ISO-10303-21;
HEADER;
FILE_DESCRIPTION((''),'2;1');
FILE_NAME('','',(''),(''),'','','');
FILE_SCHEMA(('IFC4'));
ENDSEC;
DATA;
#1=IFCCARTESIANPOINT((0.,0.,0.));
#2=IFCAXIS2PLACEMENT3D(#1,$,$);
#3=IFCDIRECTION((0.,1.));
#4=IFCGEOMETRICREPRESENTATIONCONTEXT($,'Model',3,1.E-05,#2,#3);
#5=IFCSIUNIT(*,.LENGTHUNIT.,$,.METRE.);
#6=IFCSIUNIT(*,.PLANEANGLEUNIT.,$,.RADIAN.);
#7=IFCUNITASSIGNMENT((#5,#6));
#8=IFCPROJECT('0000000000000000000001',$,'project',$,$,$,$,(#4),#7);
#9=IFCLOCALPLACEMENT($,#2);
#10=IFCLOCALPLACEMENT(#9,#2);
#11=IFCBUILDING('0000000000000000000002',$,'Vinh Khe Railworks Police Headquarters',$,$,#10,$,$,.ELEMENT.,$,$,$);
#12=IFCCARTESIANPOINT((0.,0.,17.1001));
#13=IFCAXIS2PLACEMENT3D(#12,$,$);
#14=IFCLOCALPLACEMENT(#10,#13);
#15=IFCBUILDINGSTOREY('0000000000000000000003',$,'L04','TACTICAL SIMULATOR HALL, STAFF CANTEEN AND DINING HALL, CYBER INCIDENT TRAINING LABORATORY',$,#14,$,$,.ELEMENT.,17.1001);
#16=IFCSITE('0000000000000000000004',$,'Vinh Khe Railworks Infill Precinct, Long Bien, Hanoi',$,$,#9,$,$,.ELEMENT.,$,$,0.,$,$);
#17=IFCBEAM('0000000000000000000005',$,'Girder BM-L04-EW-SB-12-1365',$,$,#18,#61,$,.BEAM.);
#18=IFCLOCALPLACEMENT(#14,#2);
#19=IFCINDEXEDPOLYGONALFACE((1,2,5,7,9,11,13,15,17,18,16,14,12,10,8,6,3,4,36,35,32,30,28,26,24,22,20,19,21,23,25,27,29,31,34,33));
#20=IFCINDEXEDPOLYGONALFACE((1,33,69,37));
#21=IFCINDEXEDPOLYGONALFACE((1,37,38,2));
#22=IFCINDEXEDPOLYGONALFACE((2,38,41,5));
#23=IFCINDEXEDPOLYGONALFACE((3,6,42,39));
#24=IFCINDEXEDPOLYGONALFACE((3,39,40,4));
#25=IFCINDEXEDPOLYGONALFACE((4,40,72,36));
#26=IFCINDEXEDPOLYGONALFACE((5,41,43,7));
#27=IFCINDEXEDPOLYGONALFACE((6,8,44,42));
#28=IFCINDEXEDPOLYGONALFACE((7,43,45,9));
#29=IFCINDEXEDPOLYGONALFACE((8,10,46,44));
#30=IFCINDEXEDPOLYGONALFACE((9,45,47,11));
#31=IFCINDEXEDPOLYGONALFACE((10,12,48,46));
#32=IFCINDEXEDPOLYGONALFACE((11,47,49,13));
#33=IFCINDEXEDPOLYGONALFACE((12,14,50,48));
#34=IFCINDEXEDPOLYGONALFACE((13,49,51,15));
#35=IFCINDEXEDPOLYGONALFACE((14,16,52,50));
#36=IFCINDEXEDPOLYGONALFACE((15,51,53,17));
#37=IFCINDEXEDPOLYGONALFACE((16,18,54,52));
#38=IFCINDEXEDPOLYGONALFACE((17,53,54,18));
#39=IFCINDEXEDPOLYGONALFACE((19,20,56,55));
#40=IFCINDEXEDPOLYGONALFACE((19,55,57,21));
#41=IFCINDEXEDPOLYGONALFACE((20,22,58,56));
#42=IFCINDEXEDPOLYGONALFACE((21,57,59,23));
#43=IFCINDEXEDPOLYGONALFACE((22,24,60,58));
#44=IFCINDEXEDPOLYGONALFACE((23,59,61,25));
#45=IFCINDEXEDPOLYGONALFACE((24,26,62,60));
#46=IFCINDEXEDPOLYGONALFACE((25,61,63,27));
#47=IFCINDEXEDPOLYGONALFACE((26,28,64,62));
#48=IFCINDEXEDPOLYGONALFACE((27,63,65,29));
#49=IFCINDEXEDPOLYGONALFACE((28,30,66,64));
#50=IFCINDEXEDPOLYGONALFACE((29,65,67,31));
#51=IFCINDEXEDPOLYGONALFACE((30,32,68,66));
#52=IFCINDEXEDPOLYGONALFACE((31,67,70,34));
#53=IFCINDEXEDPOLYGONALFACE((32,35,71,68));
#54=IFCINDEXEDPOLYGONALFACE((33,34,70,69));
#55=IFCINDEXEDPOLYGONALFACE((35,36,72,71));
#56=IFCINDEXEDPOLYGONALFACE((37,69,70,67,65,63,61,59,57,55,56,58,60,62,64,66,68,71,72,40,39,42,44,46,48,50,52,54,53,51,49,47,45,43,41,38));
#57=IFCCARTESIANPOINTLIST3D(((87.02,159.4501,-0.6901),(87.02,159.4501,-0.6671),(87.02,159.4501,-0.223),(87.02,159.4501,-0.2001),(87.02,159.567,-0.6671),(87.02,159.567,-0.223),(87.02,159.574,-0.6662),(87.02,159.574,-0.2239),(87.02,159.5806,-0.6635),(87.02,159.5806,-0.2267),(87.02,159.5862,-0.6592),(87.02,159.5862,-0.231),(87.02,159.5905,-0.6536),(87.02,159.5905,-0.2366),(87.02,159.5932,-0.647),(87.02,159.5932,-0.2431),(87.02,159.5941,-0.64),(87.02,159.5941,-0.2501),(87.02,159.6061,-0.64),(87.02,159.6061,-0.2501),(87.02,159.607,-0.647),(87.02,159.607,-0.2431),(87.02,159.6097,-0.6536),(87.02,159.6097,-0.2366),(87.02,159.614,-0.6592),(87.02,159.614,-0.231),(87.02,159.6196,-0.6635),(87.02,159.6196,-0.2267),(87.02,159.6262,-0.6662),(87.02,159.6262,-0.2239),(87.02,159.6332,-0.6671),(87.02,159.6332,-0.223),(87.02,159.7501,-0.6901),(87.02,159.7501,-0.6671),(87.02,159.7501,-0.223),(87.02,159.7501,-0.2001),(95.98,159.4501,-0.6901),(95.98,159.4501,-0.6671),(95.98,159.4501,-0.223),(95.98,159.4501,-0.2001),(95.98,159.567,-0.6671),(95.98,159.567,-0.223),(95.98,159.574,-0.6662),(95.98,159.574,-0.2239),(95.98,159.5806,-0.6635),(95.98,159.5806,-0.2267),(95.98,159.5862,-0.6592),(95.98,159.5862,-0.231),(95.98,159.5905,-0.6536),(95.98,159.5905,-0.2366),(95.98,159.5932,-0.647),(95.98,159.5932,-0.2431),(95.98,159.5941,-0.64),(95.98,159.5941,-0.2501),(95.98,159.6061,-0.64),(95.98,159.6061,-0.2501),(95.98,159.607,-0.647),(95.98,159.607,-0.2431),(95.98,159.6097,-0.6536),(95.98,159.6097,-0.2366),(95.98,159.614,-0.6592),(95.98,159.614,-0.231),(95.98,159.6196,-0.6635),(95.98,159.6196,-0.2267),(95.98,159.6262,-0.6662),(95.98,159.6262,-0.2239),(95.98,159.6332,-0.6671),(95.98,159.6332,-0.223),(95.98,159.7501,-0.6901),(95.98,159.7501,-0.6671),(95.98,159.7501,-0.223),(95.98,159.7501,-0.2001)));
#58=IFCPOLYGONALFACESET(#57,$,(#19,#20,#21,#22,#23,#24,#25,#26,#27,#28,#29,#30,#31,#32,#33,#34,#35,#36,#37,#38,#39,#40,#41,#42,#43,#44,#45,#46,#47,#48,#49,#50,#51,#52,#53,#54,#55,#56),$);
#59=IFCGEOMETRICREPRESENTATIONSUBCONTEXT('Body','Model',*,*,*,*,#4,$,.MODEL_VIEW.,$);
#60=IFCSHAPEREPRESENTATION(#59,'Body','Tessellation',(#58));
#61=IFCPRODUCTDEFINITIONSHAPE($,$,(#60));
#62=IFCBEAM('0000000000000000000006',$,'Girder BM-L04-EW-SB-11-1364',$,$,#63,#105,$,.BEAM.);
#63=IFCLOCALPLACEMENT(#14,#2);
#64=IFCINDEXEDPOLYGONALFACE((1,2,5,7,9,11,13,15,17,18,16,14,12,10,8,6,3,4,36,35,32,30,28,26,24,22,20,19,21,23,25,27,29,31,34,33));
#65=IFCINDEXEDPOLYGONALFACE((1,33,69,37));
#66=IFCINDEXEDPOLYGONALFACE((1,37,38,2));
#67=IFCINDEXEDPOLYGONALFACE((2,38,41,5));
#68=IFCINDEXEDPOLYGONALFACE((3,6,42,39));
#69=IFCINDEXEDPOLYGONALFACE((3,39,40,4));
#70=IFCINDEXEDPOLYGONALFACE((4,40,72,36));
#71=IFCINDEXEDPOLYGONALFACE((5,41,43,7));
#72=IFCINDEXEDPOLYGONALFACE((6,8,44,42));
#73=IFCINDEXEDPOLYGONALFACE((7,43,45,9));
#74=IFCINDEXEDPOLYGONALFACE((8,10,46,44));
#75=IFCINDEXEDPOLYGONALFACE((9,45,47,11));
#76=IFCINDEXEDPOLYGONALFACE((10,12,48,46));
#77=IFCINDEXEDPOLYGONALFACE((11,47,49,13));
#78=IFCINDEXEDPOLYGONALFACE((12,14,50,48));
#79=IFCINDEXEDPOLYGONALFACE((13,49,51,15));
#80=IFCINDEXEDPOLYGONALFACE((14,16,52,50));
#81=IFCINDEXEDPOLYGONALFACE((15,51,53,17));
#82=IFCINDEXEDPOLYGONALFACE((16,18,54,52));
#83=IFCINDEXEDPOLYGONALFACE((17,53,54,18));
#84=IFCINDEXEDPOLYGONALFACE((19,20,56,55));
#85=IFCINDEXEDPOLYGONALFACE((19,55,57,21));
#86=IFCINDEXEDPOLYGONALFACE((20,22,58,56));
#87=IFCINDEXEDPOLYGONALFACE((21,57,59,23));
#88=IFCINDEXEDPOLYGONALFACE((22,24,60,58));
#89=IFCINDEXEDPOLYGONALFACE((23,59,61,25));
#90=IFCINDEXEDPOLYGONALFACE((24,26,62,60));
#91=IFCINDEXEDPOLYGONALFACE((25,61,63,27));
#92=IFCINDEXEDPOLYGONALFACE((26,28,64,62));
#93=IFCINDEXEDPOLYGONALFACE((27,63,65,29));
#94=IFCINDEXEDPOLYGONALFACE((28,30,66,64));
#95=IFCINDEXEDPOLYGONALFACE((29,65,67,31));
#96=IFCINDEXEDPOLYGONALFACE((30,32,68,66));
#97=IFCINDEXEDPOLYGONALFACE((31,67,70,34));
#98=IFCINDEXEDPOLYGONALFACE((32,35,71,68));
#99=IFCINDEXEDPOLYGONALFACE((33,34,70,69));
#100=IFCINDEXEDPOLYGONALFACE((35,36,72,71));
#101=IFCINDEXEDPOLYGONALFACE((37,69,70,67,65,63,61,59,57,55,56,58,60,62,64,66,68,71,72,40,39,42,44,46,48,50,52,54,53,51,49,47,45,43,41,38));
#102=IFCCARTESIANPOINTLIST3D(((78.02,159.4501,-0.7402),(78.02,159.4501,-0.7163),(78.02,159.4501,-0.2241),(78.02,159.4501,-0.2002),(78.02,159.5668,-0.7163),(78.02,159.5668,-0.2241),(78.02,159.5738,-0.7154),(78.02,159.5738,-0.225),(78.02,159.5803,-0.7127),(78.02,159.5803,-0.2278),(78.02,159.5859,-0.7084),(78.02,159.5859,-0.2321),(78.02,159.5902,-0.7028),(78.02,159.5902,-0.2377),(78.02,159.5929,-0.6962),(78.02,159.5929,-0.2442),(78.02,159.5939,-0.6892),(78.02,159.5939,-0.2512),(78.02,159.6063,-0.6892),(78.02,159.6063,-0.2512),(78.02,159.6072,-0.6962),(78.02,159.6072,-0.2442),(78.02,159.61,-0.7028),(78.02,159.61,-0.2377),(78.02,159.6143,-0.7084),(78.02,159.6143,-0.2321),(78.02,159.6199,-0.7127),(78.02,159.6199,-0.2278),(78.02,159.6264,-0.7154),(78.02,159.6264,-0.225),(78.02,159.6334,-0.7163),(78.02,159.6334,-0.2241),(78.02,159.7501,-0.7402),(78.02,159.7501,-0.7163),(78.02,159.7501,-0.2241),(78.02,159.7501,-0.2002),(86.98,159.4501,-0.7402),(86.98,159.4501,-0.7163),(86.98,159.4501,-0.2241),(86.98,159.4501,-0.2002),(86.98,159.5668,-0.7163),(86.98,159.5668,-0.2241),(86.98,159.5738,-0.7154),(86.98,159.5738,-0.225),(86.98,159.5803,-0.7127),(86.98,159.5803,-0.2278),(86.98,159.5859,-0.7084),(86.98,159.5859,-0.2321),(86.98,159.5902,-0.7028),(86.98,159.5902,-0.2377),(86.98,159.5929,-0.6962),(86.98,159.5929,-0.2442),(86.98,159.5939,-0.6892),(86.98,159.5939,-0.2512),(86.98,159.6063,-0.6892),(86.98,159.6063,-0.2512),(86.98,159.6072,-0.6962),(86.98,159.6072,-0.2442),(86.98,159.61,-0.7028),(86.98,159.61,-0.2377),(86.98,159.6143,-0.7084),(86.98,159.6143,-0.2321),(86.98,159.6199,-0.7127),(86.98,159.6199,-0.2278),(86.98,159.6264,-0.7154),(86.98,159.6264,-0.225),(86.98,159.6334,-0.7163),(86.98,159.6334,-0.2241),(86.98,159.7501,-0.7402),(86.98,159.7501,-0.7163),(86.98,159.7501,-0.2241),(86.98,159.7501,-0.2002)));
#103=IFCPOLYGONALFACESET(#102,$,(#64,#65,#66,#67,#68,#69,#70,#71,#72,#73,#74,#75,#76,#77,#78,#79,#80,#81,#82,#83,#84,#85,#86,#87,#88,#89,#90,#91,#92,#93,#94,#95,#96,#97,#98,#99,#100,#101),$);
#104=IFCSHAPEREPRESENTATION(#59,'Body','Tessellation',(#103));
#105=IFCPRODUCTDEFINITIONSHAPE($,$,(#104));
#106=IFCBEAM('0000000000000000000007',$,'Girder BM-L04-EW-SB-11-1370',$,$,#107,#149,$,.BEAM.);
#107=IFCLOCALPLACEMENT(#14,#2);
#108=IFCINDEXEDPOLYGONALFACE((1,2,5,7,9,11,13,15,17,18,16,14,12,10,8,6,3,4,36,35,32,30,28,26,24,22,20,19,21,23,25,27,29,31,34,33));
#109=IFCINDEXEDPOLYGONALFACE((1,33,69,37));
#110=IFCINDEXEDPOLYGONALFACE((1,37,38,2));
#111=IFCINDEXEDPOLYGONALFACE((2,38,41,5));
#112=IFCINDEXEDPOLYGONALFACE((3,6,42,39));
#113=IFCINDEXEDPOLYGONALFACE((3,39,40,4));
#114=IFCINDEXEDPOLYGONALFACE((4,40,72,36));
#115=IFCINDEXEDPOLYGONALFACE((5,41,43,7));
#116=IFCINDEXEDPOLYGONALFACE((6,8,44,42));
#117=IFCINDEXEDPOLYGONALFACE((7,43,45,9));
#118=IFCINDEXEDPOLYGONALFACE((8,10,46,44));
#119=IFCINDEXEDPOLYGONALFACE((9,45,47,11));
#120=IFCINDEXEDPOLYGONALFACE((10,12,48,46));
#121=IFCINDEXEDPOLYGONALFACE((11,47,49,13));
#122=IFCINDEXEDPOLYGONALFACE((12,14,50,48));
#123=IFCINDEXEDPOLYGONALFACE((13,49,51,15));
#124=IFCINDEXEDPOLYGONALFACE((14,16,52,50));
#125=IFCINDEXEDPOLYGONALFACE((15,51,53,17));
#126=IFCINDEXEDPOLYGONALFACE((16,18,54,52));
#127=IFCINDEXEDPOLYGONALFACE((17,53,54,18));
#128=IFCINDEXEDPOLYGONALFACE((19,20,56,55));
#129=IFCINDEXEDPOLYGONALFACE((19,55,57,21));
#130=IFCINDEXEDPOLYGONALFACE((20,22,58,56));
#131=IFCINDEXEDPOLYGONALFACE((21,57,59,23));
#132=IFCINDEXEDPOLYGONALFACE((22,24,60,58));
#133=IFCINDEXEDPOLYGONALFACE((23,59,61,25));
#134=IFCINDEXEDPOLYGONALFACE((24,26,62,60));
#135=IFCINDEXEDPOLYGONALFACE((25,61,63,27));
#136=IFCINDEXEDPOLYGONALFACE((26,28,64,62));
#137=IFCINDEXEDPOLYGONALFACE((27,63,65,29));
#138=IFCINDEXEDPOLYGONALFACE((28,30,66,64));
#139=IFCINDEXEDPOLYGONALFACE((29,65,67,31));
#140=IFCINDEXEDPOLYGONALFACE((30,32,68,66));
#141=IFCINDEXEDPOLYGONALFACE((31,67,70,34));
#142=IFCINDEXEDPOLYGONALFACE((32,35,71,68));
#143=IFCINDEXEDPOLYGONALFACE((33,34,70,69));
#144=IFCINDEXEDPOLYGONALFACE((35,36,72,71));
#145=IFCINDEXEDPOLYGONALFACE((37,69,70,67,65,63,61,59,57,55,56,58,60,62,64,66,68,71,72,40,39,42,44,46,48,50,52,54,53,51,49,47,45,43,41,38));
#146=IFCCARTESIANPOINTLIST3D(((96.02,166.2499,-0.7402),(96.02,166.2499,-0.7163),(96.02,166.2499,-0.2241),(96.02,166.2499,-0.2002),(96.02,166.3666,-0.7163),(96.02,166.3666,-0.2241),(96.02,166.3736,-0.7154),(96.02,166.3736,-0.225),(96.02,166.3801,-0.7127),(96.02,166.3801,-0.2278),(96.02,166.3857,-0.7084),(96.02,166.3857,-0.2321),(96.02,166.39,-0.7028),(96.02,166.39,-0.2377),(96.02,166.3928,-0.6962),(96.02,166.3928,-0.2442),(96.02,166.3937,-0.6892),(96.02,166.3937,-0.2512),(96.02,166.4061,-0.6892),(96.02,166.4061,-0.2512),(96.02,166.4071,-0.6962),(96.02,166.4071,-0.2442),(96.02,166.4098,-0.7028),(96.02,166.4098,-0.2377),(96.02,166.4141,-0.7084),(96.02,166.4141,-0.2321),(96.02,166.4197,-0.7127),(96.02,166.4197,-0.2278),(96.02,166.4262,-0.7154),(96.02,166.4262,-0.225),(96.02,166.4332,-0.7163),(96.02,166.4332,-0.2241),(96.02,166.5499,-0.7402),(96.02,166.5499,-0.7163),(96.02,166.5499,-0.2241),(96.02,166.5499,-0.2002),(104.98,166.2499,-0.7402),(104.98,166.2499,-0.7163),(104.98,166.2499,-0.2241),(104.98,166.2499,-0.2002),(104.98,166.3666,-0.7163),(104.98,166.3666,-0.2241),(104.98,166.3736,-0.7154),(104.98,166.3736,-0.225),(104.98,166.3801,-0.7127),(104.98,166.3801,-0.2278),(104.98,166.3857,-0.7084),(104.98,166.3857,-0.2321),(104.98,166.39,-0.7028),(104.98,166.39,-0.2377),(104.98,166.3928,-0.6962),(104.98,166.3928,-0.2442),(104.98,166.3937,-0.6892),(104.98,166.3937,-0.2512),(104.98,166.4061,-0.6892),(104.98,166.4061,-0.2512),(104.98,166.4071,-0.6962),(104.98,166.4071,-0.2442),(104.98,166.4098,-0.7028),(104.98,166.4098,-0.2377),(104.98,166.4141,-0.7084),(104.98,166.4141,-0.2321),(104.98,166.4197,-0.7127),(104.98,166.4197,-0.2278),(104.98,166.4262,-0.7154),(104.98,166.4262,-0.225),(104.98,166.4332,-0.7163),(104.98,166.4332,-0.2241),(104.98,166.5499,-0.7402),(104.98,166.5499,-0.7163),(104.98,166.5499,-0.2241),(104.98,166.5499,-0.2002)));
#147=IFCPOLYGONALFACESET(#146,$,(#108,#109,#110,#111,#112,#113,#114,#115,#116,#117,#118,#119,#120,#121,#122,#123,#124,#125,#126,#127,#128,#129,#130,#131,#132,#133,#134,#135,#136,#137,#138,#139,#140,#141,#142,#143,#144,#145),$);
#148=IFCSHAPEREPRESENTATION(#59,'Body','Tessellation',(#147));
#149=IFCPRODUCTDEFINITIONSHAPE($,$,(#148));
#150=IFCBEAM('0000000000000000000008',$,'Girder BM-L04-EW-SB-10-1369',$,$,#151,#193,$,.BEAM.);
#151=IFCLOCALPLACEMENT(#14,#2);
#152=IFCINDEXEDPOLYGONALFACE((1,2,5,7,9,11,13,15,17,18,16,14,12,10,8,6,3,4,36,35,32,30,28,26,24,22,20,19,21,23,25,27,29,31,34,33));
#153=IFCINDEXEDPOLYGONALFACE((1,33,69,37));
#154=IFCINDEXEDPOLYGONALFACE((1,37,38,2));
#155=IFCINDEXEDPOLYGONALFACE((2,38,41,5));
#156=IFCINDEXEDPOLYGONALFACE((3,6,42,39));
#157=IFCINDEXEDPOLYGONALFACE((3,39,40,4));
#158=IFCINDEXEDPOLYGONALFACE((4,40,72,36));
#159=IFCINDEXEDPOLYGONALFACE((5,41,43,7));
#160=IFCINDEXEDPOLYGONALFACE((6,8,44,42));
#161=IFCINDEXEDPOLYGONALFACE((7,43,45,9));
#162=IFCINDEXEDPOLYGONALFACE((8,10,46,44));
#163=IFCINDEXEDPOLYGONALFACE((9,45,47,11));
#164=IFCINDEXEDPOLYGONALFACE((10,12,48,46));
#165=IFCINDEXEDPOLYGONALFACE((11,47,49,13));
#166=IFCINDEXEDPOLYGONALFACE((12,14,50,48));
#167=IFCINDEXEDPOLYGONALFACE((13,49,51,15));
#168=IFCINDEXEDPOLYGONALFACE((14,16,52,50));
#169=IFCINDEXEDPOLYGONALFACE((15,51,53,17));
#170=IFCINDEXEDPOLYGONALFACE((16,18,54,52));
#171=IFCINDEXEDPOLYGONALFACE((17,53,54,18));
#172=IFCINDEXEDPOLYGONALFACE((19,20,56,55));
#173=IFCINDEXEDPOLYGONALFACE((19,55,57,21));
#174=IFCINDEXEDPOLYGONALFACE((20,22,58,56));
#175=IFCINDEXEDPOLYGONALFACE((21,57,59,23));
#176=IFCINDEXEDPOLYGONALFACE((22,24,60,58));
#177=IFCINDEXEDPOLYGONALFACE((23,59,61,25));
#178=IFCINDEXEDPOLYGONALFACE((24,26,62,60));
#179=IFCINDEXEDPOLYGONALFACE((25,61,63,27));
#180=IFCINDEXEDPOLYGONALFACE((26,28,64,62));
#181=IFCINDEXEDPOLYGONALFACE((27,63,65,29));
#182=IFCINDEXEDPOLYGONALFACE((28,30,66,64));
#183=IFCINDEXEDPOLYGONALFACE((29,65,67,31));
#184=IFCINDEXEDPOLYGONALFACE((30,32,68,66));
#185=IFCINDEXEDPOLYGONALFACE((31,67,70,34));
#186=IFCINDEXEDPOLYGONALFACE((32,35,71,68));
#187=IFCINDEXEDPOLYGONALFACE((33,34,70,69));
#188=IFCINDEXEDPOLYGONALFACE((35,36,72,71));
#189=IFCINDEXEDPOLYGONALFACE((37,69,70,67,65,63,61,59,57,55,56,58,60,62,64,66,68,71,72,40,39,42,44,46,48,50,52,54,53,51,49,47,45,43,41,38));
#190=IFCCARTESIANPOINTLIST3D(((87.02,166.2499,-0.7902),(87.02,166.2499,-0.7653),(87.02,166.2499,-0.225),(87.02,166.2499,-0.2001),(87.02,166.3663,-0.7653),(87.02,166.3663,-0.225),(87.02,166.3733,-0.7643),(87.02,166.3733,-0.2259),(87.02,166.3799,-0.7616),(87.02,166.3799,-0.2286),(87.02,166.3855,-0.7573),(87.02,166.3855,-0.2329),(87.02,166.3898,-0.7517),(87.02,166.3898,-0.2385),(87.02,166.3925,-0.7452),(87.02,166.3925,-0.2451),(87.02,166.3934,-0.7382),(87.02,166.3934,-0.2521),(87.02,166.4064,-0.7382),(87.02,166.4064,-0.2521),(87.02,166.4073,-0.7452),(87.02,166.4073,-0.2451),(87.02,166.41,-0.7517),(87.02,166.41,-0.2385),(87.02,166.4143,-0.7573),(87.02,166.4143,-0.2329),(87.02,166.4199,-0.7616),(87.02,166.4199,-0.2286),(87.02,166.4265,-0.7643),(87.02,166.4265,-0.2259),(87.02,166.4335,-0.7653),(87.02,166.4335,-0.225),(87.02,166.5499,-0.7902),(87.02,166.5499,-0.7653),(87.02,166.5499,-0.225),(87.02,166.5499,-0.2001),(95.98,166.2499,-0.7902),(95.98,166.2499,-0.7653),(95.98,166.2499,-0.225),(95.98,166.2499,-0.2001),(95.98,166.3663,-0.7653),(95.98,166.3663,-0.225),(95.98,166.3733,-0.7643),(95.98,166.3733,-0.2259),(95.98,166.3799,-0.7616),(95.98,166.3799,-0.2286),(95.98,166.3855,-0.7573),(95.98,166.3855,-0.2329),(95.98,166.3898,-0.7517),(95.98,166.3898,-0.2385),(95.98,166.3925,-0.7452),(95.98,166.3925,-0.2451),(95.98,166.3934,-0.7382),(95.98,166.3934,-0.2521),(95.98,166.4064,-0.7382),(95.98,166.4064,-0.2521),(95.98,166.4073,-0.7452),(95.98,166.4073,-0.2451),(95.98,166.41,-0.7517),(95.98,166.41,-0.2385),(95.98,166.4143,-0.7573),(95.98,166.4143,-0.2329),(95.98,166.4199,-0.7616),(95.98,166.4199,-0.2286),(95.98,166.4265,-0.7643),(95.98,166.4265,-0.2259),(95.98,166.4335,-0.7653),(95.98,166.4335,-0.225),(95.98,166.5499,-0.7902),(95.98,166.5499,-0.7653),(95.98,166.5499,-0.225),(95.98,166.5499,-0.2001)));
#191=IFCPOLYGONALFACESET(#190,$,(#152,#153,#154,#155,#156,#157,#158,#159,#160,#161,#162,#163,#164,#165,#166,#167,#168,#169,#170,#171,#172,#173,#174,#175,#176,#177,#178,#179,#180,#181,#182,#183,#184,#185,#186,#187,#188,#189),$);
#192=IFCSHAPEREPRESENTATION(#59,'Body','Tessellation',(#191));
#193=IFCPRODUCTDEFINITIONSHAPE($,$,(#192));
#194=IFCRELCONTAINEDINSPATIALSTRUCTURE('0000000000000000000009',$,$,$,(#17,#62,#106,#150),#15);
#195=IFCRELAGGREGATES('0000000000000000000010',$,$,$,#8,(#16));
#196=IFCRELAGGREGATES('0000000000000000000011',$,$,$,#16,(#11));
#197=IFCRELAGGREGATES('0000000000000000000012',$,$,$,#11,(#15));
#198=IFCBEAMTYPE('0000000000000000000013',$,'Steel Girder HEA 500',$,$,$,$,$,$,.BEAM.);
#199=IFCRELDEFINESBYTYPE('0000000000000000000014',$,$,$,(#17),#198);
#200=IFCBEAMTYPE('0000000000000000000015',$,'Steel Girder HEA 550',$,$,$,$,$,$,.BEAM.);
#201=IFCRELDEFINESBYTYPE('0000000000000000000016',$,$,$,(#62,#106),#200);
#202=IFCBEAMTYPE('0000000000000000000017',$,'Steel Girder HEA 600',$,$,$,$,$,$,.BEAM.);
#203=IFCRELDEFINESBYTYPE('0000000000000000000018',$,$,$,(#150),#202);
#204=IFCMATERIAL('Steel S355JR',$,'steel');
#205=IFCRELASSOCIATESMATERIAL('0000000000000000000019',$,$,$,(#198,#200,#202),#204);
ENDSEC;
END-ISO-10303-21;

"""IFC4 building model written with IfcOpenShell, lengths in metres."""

from ifc_helpers import new_model, si_unit, direction, frame, origin, origin_2d, place, context, subcontext, project, spatial, i_section, extrude, material, material_profile, profile_set, type_object, element, save


model = new_model("IFC4")

# Units and contexts
model_context = context("Model", 3, precision=1e-05, world=origin(), true_north=direction((0.0, 1.0)))
body_context = subcontext(model_context, "Body", "Model", "MODEL_VIEW")
ifc_project = project(units=[si_unit("LENGTHUNIT", "METRE"), si_unit("PLANEANGLEUNIT", "RADIAN")], contexts=[model_context])

# Site, building, storey
site_placement = place(None, origin())
site = spatial("IfcSite", under=ifc_project, at=site_placement, Name="Vinh Khe Railworks Infill Precinct, Long Bien, Hanoi", CompositionType="ELEMENT", RefElevation=0.0)
building_placement = place(site_placement, origin())
building = spatial("IfcBuilding", under=site, at=building_placement, Name="Vinh Khe Railworks Police Headquarters", CompositionType="ELEMENT")
storey_placement = place(building_placement, frame((0.0, 0.0, 17.1001)))
storey = spatial("IfcBuildingStorey", under=building, at=storey_placement, Name="L04", Description="TACTICAL SIMULATOR HALL, STAFF CANTEEN AND DINING HALL, CYBER INCIDENT TRAINING LABORATORY", CompositionType="ELEMENT", Elevation=17.1001)

# Shared definitions
ifc_material_1 = material(Name="Steel S355JR", Category="steel")

# Beams
ifc_material_profile_1 = material_profile(ifc_material_1, i_section(OverallWidth=0.3, OverallDepth=0.49, WebThickness=0.012, FlangeThickness=0.0229, FilletRadius=0.0271, at=origin_2d()), Name="HEA 500")
ifc_profile_set_1 = profile_set([ifc_material_profile_1], Name="Steel S355JR")
beam_type_1 = type_object("IfcBeamType", Name="Steel Girder HEA 500", PredefinedType="BEAM", material=ifc_profile_set_1)
beam_1_placement = place(storey_placement, frame((87.02, 159.6001, -0.4451), z_axis=(1.0, 0.0, 0.0), x_axis=(0.0, 1.0, 0.0)))
element("IfcBeam", 1, at=beam_1_placement, inside=storey, type_object=beam_type_1, Name="Girder BM-L04-EW-SB-12-1365", PredefinedType="BEAM", context=body_context, shape_type="SweptSolid", body=[
    extrude(i_section(OverallWidth=0.3, OverallDepth=0.49, WebThickness=0.012, FlangeThickness=0.0229, FilletRadius=0.0271, at=origin_2d()), origin(), (0.0, 0.0, 1.0), 8.96),
])
ifc_material_profile_2 = material_profile(ifc_material_1, i_section(OverallWidth=0.3, OverallDepth=0.54, WebThickness=0.0125, FlangeThickness=0.0239, FilletRadius=0.0271, at=origin_2d()), Name="HEA 550")
ifc_profile_set_2 = profile_set([ifc_material_profile_2], Name="Steel S355JR")
beam_type_2 = type_object("IfcBeamType", Name="Steel Girder HEA 550", PredefinedType="BEAM", material=ifc_profile_set_2)
for number, where, z_axis, x_axis, name in (
    (2, (78.02, 159.6001, -0.4702), (1.0, 0.0, 0.0), (0.0, 1.0, 0.0), "Girder BM-L04-EW-SB-11-1364"),
    (3, (96.02, 166.3999, -0.4702), (1.0, 0.0, 0.0), (0.0, 1.0, 0.0), "Girder BM-L04-EW-SB-11-1370"),
):
    element("IfcBeam", number, at=place(storey_placement, frame(where, z_axis=z_axis, x_axis=x_axis)), inside=storey, type_object=beam_type_2, Name=name, PredefinedType="BEAM", context=body_context, shape_type="SweptSolid", body=[
        extrude(i_section(OverallWidth=0.3, OverallDepth=0.54, WebThickness=0.0125, FlangeThickness=0.0239, FilletRadius=0.0271, at=origin_2d()), origin(), (0.0, 0.0, 1.0), 8.96),
    ])
ifc_material_profile_3 = material_profile(ifc_material_1, i_section(OverallWidth=0.3, OverallDepth=0.5901, WebThickness=0.0129, FlangeThickness=0.0249, FilletRadius=0.0271, at=origin_2d()), Name="HEA 600")
ifc_profile_set_3 = profile_set([ifc_material_profile_3], Name="Steel S355JR")
beam_type_3 = type_object("IfcBeamType", Name="Steel Girder HEA 600", PredefinedType="BEAM", material=ifc_profile_set_3)
beam_2_placement = place(storey_placement, frame((87.02, 166.3999, -0.4951), z_axis=(1.0, 0.0, 0.0), x_axis=(0.0, 1.0, 0.0)))
element("IfcBeam", 4, at=beam_2_placement, inside=storey, type_object=beam_type_3, Name="Girder BM-L04-EW-SB-10-1369", PredefinedType="BEAM", context=body_context, shape_type="SweptSolid", body=[
    extrude(i_section(OverallWidth=0.3, OverallDepth=0.5901, WebThickness=0.0129, FlangeThickness=0.0249, FilletRadius=0.0271, at=origin_2d()), origin(), (0.0, 0.0, 1.0), 8.96),
])

save(model, "model.ifc")
